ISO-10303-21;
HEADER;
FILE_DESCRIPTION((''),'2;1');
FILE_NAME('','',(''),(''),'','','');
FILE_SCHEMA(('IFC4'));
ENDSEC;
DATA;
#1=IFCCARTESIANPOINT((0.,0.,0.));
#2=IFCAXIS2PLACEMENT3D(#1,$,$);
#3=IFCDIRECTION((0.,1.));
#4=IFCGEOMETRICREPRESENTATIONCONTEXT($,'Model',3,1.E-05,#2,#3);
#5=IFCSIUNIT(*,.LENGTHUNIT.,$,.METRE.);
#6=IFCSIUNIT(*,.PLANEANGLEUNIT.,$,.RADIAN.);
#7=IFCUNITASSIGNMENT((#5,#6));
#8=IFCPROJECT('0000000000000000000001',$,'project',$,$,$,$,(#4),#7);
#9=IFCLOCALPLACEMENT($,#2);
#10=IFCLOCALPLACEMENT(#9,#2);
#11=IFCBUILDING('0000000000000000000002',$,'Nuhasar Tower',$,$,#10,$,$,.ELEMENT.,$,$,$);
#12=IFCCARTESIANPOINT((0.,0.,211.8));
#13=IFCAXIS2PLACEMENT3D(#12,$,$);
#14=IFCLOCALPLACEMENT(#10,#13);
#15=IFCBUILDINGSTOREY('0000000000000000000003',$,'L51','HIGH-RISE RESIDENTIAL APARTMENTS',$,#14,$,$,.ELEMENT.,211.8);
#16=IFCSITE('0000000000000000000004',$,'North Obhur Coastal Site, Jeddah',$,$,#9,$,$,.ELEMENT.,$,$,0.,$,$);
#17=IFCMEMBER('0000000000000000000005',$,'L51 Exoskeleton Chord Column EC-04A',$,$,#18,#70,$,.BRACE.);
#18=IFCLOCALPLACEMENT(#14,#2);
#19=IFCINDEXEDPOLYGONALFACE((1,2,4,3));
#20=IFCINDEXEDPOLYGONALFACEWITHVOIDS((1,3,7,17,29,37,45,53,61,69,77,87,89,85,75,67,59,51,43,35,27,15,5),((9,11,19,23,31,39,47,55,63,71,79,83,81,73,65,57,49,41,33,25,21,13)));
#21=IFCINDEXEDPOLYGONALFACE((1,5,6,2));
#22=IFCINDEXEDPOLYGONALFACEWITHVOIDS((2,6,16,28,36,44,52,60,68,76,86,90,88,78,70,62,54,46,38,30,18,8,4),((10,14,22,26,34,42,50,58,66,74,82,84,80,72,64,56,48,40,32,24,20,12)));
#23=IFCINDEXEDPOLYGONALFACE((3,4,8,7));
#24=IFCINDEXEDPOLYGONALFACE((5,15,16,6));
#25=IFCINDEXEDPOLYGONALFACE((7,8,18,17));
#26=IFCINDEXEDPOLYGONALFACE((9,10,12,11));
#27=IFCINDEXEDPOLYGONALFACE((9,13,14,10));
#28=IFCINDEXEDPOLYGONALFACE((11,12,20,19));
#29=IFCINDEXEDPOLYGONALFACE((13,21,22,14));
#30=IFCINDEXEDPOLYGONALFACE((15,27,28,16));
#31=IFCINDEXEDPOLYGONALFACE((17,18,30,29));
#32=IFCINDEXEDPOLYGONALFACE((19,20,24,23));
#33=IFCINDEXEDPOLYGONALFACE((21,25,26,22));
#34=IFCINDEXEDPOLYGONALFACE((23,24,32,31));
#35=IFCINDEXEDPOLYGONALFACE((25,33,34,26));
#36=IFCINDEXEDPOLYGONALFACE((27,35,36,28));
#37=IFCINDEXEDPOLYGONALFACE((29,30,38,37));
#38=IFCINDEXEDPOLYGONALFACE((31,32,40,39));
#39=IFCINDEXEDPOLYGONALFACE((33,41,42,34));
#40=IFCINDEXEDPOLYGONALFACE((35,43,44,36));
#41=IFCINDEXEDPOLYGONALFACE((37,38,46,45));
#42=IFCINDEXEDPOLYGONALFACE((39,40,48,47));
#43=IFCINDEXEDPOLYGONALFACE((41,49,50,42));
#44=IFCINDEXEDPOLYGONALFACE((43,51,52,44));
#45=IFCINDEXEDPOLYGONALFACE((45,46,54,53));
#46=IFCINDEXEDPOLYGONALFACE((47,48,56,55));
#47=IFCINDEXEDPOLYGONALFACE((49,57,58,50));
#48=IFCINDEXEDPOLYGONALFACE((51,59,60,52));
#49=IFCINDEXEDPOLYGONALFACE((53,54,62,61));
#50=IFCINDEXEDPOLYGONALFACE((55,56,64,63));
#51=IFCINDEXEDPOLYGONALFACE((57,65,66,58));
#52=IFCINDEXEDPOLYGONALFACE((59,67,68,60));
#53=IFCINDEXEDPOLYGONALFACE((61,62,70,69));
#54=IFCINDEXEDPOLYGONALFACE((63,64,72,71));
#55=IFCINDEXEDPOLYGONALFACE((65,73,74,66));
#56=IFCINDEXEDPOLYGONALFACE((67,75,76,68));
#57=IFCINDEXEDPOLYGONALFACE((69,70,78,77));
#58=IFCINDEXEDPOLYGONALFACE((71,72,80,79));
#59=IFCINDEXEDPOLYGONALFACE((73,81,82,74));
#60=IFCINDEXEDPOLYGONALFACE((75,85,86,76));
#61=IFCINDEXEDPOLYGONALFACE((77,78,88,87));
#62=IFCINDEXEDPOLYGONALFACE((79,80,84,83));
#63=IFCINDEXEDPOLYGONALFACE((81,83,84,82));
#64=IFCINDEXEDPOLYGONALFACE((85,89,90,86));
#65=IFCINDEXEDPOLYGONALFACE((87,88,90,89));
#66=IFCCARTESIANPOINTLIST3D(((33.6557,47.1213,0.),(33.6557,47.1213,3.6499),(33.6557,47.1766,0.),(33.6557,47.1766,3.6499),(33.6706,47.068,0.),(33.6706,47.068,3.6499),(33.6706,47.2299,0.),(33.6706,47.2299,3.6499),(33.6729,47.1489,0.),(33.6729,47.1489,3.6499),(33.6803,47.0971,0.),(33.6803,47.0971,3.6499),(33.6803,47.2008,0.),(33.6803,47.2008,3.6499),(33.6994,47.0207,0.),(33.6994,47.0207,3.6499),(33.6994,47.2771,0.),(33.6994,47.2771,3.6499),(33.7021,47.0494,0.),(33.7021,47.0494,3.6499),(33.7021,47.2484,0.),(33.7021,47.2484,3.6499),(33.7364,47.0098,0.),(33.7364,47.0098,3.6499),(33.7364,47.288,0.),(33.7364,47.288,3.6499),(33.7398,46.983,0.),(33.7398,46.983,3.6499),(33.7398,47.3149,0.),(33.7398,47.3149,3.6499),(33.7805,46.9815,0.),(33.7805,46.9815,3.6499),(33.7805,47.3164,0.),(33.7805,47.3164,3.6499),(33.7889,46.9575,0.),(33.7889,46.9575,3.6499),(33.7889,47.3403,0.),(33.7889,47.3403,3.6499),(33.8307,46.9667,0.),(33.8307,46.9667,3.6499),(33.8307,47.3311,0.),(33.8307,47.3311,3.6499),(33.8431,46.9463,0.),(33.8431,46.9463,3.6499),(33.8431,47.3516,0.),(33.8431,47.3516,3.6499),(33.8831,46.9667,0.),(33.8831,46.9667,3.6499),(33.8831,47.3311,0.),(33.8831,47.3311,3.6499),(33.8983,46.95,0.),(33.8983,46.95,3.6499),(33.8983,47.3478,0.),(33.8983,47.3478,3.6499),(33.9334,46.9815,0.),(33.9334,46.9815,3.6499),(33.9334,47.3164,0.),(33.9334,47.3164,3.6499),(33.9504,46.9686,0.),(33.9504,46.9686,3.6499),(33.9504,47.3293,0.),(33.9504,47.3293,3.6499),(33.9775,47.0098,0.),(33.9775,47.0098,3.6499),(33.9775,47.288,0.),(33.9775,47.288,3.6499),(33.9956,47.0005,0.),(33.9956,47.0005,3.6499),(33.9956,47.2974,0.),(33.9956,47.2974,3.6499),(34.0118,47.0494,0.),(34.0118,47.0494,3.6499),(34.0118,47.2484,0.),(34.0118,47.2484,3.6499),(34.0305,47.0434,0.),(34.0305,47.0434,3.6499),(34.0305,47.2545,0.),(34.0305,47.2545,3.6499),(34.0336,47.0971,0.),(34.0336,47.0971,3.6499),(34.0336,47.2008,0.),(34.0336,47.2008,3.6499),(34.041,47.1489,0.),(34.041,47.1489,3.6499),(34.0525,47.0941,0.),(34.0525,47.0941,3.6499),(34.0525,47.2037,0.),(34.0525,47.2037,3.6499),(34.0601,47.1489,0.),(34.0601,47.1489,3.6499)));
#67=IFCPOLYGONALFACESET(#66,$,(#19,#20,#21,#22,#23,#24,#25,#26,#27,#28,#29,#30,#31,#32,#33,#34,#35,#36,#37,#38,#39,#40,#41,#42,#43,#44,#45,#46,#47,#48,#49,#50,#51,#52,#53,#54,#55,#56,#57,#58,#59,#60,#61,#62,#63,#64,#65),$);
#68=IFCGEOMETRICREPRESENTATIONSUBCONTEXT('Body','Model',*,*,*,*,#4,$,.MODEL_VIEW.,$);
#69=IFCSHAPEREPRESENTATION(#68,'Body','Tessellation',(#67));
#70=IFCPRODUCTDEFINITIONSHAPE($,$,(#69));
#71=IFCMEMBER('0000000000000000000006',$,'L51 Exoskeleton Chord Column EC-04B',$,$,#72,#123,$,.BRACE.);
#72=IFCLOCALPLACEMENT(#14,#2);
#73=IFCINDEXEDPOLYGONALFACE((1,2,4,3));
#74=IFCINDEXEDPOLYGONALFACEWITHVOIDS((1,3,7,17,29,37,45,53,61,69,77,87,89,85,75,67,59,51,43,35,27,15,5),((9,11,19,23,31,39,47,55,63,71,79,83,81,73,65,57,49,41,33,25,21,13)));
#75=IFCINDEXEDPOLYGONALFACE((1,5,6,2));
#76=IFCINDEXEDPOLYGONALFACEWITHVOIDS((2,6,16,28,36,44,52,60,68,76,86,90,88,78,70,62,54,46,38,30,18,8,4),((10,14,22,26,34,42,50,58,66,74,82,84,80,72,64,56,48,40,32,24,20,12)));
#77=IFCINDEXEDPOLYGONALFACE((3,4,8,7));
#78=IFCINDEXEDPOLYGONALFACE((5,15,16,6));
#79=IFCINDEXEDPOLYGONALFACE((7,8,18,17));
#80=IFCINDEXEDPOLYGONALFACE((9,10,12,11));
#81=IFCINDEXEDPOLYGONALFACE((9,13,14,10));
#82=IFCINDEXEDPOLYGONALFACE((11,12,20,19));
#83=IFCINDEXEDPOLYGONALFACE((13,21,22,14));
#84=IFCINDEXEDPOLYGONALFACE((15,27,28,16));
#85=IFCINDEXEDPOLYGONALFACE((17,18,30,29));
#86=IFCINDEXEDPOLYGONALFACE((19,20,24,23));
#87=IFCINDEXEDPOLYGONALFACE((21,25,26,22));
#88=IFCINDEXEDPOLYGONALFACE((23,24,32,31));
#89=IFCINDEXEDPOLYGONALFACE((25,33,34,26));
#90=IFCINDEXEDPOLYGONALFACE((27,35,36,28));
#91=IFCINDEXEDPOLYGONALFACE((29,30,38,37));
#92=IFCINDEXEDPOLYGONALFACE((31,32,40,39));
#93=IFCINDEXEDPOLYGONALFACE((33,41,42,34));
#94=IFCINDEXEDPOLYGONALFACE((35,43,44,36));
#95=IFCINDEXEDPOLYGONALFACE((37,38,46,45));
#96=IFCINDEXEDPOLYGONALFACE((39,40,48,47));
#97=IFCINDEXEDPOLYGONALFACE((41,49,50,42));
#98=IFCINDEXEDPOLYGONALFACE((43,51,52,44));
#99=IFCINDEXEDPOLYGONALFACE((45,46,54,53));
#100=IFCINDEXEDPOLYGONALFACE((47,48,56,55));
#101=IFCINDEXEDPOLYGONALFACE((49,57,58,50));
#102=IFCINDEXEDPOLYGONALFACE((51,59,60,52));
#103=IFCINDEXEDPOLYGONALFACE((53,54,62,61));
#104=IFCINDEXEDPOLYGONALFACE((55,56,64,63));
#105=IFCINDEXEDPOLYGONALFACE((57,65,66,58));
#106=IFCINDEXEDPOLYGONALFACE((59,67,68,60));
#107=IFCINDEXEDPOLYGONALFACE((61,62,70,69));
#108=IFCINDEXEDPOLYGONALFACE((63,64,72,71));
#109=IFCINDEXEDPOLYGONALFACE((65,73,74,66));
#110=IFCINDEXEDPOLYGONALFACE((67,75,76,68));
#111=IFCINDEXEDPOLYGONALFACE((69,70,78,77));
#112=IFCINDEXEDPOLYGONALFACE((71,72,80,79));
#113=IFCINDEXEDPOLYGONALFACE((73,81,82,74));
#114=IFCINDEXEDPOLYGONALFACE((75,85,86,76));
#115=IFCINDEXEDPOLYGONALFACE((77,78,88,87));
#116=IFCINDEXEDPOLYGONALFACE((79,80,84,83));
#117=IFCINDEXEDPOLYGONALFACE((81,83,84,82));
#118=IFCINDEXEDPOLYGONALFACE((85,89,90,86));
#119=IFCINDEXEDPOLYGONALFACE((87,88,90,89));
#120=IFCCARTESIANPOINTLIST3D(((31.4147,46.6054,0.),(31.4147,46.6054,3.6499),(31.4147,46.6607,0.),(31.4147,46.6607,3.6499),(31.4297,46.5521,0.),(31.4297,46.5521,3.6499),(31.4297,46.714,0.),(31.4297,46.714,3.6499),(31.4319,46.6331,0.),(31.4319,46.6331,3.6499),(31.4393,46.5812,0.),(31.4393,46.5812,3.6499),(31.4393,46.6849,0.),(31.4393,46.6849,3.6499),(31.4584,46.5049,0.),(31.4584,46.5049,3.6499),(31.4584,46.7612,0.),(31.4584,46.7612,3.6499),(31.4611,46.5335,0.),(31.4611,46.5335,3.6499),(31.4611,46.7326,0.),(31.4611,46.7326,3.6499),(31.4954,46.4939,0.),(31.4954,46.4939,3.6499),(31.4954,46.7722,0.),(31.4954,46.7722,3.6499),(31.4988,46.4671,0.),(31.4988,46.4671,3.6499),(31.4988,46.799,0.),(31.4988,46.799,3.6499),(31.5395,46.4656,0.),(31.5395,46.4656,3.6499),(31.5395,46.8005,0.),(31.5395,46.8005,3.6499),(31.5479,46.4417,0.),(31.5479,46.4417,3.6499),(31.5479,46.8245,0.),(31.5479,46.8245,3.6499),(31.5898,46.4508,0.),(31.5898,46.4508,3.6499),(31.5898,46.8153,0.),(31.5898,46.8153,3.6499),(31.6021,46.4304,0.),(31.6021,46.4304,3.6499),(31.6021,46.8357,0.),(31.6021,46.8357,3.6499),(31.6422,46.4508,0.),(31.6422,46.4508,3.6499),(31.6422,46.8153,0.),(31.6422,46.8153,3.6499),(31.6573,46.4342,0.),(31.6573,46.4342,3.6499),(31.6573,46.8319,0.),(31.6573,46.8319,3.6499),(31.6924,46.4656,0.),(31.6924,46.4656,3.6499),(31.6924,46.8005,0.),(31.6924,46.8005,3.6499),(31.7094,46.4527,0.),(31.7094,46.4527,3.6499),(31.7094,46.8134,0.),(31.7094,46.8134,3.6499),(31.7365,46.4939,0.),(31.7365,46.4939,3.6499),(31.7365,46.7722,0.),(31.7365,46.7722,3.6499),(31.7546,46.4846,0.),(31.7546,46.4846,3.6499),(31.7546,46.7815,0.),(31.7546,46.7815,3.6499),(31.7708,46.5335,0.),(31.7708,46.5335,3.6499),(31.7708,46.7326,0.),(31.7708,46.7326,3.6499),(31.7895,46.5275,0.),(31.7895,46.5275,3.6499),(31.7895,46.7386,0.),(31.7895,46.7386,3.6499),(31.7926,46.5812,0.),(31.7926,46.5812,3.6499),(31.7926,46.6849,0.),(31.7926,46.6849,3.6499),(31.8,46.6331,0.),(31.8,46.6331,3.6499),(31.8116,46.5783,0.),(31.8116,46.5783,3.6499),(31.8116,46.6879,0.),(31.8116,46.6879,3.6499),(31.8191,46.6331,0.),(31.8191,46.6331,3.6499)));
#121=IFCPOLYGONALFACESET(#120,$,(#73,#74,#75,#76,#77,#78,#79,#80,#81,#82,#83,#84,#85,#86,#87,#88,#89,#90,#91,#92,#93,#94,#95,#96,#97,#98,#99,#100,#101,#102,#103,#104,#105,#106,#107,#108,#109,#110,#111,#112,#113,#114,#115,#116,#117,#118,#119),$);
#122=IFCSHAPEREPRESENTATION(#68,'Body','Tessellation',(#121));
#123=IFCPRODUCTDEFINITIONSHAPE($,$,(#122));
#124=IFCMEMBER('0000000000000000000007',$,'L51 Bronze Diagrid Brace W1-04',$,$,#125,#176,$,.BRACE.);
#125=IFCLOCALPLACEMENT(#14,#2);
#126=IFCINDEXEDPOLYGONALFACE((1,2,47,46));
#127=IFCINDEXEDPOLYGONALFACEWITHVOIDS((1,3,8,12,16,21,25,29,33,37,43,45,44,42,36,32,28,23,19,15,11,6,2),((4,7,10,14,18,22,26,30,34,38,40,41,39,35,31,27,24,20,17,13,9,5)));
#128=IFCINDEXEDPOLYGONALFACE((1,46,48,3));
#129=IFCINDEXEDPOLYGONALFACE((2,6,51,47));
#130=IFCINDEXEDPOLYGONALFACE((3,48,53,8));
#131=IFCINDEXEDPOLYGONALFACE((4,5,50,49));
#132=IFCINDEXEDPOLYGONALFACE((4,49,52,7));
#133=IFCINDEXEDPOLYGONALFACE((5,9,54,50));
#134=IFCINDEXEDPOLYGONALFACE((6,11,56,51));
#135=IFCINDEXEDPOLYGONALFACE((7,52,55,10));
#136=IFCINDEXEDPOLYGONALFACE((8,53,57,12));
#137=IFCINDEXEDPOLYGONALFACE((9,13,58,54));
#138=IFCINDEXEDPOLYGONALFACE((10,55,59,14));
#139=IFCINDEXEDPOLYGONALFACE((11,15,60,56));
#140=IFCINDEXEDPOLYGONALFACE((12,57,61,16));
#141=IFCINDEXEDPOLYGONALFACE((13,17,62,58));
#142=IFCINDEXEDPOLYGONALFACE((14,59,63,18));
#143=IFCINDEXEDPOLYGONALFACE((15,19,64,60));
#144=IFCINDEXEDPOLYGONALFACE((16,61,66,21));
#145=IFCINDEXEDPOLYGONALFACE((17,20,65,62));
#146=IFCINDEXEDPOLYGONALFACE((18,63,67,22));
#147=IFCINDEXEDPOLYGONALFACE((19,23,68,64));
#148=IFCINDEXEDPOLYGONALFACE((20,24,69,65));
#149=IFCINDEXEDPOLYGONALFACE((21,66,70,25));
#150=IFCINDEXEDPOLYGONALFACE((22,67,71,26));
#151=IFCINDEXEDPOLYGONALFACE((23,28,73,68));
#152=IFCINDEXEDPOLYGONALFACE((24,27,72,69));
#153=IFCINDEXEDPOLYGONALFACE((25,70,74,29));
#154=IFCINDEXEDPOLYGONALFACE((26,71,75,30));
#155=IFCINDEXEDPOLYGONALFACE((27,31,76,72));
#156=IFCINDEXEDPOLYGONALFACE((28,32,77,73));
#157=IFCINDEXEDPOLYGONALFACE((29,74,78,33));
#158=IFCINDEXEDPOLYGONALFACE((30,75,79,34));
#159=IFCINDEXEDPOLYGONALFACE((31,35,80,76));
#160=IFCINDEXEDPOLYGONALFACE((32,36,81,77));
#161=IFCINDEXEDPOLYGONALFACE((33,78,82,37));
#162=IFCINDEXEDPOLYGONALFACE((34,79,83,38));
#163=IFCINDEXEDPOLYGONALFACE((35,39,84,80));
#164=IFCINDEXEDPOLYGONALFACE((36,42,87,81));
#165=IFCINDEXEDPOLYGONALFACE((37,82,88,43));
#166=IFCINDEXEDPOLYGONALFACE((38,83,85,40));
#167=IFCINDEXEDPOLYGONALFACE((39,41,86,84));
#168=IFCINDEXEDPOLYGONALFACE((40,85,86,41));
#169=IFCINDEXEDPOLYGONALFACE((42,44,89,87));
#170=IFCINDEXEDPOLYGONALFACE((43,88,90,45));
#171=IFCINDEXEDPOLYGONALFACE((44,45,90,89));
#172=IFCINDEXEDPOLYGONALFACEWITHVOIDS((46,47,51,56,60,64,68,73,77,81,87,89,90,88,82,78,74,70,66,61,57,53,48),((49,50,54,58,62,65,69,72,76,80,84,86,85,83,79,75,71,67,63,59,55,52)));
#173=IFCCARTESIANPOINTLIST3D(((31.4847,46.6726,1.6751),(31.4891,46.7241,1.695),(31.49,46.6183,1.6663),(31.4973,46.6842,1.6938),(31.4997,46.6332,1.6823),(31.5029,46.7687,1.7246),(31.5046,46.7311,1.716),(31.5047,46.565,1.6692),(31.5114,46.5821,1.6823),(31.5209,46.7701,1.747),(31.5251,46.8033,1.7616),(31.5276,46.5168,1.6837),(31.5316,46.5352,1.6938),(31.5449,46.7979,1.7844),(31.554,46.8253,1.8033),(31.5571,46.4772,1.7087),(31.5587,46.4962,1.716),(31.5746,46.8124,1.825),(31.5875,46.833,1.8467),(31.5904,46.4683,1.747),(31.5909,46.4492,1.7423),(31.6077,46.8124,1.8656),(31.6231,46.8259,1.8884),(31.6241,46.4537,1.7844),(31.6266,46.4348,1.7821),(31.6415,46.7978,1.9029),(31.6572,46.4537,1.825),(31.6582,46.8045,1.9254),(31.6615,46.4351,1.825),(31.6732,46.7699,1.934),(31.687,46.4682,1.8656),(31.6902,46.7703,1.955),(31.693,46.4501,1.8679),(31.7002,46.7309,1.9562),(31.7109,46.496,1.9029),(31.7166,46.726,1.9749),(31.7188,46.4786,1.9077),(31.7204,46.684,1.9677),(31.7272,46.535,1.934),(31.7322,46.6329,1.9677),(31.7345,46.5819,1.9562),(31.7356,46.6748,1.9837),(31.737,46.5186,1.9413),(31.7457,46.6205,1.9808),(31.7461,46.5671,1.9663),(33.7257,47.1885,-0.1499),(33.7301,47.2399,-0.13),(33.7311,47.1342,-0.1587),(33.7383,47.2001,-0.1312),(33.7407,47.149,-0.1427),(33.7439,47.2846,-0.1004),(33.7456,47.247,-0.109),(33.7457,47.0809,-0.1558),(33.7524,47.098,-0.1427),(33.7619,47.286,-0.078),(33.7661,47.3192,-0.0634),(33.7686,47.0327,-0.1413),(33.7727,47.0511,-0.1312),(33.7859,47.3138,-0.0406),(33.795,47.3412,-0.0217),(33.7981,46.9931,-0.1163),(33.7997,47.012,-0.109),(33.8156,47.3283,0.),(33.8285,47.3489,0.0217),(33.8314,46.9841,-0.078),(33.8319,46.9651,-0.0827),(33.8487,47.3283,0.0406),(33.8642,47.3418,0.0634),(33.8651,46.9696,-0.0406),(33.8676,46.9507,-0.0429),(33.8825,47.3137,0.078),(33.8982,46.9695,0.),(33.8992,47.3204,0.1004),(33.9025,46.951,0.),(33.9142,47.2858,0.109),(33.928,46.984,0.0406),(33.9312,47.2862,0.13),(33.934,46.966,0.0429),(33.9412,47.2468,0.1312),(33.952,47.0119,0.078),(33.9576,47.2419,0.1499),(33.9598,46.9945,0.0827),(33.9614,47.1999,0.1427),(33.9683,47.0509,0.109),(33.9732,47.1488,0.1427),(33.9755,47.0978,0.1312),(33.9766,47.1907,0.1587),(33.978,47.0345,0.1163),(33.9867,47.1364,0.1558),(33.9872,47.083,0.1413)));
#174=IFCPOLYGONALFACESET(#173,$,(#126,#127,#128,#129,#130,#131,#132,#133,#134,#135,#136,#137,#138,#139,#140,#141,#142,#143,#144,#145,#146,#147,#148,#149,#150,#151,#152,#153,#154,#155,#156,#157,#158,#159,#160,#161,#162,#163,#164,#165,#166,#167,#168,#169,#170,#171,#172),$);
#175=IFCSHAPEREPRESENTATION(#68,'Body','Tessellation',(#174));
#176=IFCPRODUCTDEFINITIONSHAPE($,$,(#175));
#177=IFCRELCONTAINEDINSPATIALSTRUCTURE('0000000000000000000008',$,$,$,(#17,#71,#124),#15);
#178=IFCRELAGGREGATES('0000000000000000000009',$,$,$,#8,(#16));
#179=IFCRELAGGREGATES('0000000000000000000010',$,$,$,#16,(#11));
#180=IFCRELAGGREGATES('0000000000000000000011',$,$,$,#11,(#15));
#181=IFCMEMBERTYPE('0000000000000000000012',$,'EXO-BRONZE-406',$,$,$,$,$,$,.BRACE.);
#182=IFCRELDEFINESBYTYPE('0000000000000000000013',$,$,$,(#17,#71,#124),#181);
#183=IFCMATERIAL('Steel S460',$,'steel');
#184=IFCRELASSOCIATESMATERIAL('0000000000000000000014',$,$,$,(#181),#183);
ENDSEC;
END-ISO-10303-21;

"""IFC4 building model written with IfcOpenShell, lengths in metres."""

from ifc_helpers import new_model, si_unit, direction, frame, origin, origin_2d, place, context, subcontext, project, spatial, hollow_circle, extrude, material, material_profile, profile_set, type_object, element, save


model = new_model("IFC4")

# Units and contexts
model_context = context("Model", 3, precision=1e-05, world=origin(), true_north=direction((0.0, 1.0)))
body_context = subcontext(model_context, "Body", "Model", "MODEL_VIEW")
ifc_project = project(units=[si_unit("LENGTHUNIT", "METRE"), si_unit("PLANEANGLEUNIT", "RADIAN")], contexts=[model_context])

# Site, building, storey
site_placement = place(None, origin())
site = spatial("IfcSite", under=ifc_project, at=site_placement, Name="North Obhur Coastal Site, Jeddah", CompositionType="ELEMENT", RefElevation=0.0)
building_placement = place(site_placement, origin())
building = spatial("IfcBuilding", under=site, at=building_placement, Name="Nuhasar Tower", CompositionType="ELEMENT")
storey_placement = place(building_placement, frame((0.0, 0.0, 211.8)))
storey = spatial("IfcBuildingStorey", under=building, at=storey_placement, Name="L51", Description="HIGH-RISE RESIDENTIAL APARTMENTS", CompositionType="ELEMENT", Elevation=211.8)

# Members
ifc_material_1 = material(Name="Steel S460", Category="steel")
ifc_material_profile_1 = material_profile(ifc_material_1, hollow_circle(Radius=0.2031, WallThickness=0.019, at=origin_2d()), Name="HSS406.4X19.1")
ifc_profile_set_1 = profile_set([ifc_material_profile_1], Name="Steel S460")
member_type = type_object("IfcMemberType", Name="EXO-BRONZE-406", PredefinedType="BRACE", material=ifc_profile_set_1)
for number, where, z_axis, x_axis, name in (
    (1, (33.8569, 47.1489, 0.0), (0.0, 0.0, 1.0), (1.0, 0.0, 0.0), "L51 Exoskeleton Chord Column EC-04A"),
    (2, (31.616, 46.6331, 0.0), (0.0, 0.0, 1.0), (1.0, 0.0, 0.0), "L51 Exoskeleton Chord Column EC-04B"),
):
    element("IfcMember", number, at=place(storey_placement, frame(where, z_axis=z_axis, x_axis=x_axis)), inside=storey, type_object=member_type, Name=name, PredefinedType="BRACE", context=body_context, shape_type="SweptSolid", body=[
        extrude(hollow_circle(Radius=0.2031, WallThickness=0.019, at=origin_2d()), origin(), (0.0, 0.0, 1.0), 3.6499),
    ])
for number, where, z_axis, x_axis, name in (
    (3, (33.8569, 47.1489, 0.0), (-0.763343, -0.175721, 0.621635), (0.224332, -0.974513, 0.0), "L51 Bronze Diagrid Brace W1-04"),
):
    element("IfcMember", number, at=place(storey_placement, frame(where, z_axis=z_axis, x_axis=x_axis)), inside=storey, type_object=member_type, Name=name, PredefinedType="BRACE", context=body_context, shape_type="SweptSolid", body=[
        extrude(hollow_circle(Radius=0.2031, WallThickness=0.019, at=origin_2d()), origin(), (0.0, 0.0, 1.0), 2.9358),
    ])

save(model, "model.ifc")
